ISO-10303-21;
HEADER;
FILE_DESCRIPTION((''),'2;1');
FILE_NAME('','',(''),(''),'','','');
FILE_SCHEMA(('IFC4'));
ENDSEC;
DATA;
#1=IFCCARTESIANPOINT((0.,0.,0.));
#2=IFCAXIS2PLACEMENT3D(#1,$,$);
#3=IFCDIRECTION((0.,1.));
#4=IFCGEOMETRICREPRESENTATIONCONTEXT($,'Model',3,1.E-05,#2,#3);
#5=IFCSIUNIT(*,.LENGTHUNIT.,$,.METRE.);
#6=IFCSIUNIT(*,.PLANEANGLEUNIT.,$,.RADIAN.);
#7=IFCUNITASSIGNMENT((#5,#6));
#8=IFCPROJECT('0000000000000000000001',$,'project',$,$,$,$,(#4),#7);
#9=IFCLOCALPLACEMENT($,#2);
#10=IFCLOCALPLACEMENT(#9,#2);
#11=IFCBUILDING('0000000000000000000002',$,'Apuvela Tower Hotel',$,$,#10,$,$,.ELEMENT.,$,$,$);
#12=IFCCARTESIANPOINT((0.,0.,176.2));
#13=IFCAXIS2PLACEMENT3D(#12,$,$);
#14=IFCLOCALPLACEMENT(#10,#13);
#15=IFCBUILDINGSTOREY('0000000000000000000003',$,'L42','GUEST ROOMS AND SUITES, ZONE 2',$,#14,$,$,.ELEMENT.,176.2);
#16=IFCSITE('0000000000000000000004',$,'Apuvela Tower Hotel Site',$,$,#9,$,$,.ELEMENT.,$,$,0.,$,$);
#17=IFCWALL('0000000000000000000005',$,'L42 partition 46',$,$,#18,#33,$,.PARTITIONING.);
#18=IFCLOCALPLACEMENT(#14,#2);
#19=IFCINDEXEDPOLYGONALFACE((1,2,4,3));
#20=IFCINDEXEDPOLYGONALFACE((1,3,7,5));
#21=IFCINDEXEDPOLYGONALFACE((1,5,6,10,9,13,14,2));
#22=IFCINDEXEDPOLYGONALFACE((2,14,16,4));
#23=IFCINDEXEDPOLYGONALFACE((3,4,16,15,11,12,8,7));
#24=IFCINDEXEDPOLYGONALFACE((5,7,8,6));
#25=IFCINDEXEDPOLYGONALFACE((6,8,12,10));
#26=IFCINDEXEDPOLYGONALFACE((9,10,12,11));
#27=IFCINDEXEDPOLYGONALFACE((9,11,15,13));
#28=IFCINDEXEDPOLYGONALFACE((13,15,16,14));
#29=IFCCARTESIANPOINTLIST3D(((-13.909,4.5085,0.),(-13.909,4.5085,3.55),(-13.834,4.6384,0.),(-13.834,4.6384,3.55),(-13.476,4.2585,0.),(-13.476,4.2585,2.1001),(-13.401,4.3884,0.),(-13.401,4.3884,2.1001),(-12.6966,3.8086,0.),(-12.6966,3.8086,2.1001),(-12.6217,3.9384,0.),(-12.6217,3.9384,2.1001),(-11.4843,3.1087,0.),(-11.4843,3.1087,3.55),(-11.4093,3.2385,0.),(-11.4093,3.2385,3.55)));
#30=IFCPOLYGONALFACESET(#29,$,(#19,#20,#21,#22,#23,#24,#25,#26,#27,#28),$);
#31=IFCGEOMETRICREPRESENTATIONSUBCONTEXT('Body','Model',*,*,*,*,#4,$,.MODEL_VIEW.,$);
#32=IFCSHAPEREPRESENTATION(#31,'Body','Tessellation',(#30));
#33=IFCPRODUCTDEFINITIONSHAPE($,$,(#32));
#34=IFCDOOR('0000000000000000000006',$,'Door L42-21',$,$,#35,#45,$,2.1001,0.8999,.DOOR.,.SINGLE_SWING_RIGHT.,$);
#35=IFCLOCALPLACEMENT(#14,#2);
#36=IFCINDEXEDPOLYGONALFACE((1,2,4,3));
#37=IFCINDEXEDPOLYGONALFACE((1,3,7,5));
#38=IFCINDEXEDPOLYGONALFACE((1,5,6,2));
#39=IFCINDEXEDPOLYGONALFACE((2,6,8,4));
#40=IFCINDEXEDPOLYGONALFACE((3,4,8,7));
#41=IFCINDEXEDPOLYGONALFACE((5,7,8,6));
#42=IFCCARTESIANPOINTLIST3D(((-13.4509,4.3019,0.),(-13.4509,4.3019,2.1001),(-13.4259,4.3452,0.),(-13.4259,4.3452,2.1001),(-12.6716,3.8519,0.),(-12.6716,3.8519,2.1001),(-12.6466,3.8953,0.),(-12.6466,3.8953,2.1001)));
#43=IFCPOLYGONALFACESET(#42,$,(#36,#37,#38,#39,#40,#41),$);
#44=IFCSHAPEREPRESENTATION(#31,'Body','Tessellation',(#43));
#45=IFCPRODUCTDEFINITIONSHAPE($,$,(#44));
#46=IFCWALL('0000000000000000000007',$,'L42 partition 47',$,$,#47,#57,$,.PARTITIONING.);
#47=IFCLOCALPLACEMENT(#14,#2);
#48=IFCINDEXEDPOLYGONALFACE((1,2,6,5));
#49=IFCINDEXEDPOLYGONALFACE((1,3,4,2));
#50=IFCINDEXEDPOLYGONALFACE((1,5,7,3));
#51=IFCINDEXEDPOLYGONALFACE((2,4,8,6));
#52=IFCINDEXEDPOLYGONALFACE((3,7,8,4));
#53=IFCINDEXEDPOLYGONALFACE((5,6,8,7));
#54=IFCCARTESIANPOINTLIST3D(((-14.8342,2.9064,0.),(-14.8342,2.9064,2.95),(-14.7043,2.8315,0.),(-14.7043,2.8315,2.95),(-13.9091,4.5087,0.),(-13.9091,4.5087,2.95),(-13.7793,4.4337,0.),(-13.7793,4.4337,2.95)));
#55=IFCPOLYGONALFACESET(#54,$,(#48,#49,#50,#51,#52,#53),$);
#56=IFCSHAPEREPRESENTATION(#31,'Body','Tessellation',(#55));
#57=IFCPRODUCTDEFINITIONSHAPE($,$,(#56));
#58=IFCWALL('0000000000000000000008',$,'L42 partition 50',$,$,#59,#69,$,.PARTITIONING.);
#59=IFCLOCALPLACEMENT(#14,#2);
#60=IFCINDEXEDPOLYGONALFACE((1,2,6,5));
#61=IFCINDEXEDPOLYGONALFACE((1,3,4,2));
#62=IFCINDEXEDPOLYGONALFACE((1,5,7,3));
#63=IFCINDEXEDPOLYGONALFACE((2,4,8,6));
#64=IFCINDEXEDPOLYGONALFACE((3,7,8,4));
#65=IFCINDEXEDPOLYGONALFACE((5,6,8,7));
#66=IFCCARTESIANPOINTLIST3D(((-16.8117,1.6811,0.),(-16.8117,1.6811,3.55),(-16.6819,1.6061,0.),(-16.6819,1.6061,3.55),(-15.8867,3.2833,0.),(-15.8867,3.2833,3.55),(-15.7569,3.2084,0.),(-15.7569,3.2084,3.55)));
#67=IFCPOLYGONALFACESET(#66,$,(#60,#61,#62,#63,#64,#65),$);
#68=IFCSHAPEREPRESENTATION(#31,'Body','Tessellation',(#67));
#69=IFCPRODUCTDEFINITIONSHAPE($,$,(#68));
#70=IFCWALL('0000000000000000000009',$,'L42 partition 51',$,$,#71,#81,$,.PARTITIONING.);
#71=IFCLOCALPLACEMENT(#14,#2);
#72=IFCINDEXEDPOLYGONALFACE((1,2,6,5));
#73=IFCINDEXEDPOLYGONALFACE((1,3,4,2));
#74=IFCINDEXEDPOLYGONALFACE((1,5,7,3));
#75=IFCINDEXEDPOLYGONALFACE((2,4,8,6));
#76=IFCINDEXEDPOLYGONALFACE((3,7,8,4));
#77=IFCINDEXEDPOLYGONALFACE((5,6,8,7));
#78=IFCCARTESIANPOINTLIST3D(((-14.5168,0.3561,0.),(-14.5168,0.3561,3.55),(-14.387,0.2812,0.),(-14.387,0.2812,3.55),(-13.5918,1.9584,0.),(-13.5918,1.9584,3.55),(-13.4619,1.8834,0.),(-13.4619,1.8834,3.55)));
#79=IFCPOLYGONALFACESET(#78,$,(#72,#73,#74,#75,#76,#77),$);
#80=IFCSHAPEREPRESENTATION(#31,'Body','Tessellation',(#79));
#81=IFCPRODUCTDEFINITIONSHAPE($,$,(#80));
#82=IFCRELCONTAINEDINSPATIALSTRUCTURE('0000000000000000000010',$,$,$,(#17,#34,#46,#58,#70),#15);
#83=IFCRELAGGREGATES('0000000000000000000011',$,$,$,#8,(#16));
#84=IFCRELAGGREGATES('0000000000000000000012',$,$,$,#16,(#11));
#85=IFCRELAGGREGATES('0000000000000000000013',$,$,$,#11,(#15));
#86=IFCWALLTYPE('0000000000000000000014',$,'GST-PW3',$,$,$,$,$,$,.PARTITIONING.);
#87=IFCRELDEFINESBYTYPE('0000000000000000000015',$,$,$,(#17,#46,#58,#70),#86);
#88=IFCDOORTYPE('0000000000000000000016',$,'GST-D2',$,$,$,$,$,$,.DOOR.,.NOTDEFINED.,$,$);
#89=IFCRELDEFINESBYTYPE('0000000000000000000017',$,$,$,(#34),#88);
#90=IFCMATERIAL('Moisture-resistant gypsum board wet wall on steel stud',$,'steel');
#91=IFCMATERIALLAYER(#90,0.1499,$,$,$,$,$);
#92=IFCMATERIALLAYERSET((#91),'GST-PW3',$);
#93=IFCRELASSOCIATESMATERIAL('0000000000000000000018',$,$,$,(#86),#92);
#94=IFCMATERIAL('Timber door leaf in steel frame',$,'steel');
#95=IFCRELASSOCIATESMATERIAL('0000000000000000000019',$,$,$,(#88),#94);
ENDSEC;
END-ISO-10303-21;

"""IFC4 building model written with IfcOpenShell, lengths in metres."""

from ifc_helpers import new_model, si_unit, direction, frame, frame_2d, origin, place, context, subcontext, project, spatial, rectangle, extrude, material, layer, layer_set, type_object, element, fill, save


model = new_model("IFC4")

# Units and contexts
model_context = context("Model", 3, precision=1e-05, world=origin(), true_north=direction((0.0, 1.0)))
body_context = subcontext(model_context, "Body", "Model", "MODEL_VIEW")
ifc_project = project(units=[si_unit("LENGTHUNIT", "METRE"), si_unit("PLANEANGLEUNIT", "RADIAN")], contexts=[model_context])

# Site, building, storey
site_placement = place(None, origin())
site = spatial("IfcSite", under=ifc_project, at=site_placement, Name="Apuvela Tower Hotel Site", CompositionType="ELEMENT", RefElevation=0.0)
building_placement = place(site_placement, origin())
building = spatial("IfcBuilding", under=site, at=building_placement, Name="Apuvela Tower Hotel", CompositionType="ELEMENT")
storey_placement = place(building_placement, frame((0.0, 0.0, 176.2)))
storey = spatial("IfcBuildingStorey", under=building, at=storey_placement, Name="L42", Description="GUEST ROOMS AND SUITES, ZONE 2", CompositionType="ELEMENT", Elevation=176.2)

# Shared definitions
ifc_material_1 = material(Name="Timber door leaf in steel frame", Category="steel")
ifc_material_2 = material(Name="Moisture-resistant gypsum board wet wall on steel stud", Category="steel")
ifc_layer_1 = layer(ifc_material_2, 0.1499)
ifc_layer_set_1 = layer_set([ifc_layer_1], Name="GST-PW3")
wall_type_1 = type_object("IfcWallType", Name="GST-PW3", PredefinedType="PARTITIONING", material=ifc_layer_set_1)
door_type_1 = type_object("IfcDoorType", Name="GST-D2", OperationType="NOTDEFINED", PredefinedType="DOOR", material=ifc_material_1)

# Wall, opening, door
wall_1_placement = place(storey_placement, frame((-11.4468, 3.1736, 0.0), z_axis=(0.0, 0.0, 1.0), x_axis=(-0.866035, 0.499984, 0.0)))
wall_1 = element("IfcWall", 1, at=wall_1_placement, inside=storey, type_object=wall_type_1, Name="L42 partition 46", PredefinedType="PARTITIONING", context=body_context, shape_type="SweptSolid", body=[
    extrude(rectangle(XDim=2.7998, YDim=0.1499, at=frame_2d((1.3999, 0.0))), origin(), (0.0, 0.0, 1.0), 3.55),
])
opening_1_placement = place(wall_1_placement, frame((1.3999, 0.0, 0.0)))
opening_1 = element("IfcOpeningElement", 2, at=opening_1_placement, cuts=wall_1, PredefinedType="OPENING", context=body_context, shape_type="SweptSolid", body=[
    extrude(rectangle(XDim=0.8999, YDim=2.1001, at=frame_2d((0.45, 1.05))), frame((0.0, 0.085, 0.0), z_axis=(0.0, -1.0, 0.0), x_axis=(1.0, 0.0, 0.0)), (0.0, 0.0, 1.0), 0.1699),
])
door_1_placement = place(opening_1_placement, origin())
door_1 = element("IfcDoor", 3, at=door_1_placement, inside=storey, type_object=door_type_1, Name="Door L42-21", OperationType="SINGLE_SWING_RIGHT", OverallHeight=2.1001, OverallWidth=0.8999, PredefinedType="DOOR", context=body_context, shape_type="SweptSolid", body=[
    extrude(rectangle(XDim=0.8999, YDim=2.1001, at=frame_2d((0.45, 1.05))), frame((0.0, 0.0249, 0.0), z_axis=(0.0, -1.0, 0.0), x_axis=(1.0, 0.0, 0.0)), (0.0, 0.0, 1.0), 0.05),
])
fill(opening_1, door_1)

# Walls
wall_2_placement = place(storey_placement, frame((-13.8442, 4.4712, 0.0), z_axis=(0.0, 0.0, 1.0), x_axis=(-0.499985, -0.866034, 0.0)))
element("IfcWall", 4, at=wall_2_placement, inside=storey, type_object=wall_type_1, Name="L42 partition 47", PredefinedType="PARTITIONING", context=body_context, shape_type="SweptSolid", body=[
    extrude(rectangle(XDim=1.8501, YDim=0.1499, at=frame_2d((0.925, 0.0))), origin(), (0.0, 0.0, 1.0), 2.95),
])
for number, where, z_axis, x_axis, name in (
    (5, (-15.8218, 3.2458, 0.0), (0.0, 0.0, 1.0), (-0.499985, -0.866034, 0.0), "L42 partition 50"),
    (6, (-13.5269, 1.9209, 0.0), (0.0, 0.0, 1.0), (-0.499985, -0.866034, 0.0), "L42 partition 51"),
):
    element("IfcWall", number, at=place(storey_placement, frame(where, z_axis=z_axis, x_axis=x_axis)), inside=storey, type_object=wall_type_1, Name=name, PredefinedType="PARTITIONING", context=body_context, shape_type="SweptSolid", body=[
        extrude(rectangle(XDim=1.8501, YDim=0.1499, at=frame_2d((0.925, 0.0))), origin(), (0.0, 0.0, 1.0), 3.55),
    ])

save(model, "model.ifc")
